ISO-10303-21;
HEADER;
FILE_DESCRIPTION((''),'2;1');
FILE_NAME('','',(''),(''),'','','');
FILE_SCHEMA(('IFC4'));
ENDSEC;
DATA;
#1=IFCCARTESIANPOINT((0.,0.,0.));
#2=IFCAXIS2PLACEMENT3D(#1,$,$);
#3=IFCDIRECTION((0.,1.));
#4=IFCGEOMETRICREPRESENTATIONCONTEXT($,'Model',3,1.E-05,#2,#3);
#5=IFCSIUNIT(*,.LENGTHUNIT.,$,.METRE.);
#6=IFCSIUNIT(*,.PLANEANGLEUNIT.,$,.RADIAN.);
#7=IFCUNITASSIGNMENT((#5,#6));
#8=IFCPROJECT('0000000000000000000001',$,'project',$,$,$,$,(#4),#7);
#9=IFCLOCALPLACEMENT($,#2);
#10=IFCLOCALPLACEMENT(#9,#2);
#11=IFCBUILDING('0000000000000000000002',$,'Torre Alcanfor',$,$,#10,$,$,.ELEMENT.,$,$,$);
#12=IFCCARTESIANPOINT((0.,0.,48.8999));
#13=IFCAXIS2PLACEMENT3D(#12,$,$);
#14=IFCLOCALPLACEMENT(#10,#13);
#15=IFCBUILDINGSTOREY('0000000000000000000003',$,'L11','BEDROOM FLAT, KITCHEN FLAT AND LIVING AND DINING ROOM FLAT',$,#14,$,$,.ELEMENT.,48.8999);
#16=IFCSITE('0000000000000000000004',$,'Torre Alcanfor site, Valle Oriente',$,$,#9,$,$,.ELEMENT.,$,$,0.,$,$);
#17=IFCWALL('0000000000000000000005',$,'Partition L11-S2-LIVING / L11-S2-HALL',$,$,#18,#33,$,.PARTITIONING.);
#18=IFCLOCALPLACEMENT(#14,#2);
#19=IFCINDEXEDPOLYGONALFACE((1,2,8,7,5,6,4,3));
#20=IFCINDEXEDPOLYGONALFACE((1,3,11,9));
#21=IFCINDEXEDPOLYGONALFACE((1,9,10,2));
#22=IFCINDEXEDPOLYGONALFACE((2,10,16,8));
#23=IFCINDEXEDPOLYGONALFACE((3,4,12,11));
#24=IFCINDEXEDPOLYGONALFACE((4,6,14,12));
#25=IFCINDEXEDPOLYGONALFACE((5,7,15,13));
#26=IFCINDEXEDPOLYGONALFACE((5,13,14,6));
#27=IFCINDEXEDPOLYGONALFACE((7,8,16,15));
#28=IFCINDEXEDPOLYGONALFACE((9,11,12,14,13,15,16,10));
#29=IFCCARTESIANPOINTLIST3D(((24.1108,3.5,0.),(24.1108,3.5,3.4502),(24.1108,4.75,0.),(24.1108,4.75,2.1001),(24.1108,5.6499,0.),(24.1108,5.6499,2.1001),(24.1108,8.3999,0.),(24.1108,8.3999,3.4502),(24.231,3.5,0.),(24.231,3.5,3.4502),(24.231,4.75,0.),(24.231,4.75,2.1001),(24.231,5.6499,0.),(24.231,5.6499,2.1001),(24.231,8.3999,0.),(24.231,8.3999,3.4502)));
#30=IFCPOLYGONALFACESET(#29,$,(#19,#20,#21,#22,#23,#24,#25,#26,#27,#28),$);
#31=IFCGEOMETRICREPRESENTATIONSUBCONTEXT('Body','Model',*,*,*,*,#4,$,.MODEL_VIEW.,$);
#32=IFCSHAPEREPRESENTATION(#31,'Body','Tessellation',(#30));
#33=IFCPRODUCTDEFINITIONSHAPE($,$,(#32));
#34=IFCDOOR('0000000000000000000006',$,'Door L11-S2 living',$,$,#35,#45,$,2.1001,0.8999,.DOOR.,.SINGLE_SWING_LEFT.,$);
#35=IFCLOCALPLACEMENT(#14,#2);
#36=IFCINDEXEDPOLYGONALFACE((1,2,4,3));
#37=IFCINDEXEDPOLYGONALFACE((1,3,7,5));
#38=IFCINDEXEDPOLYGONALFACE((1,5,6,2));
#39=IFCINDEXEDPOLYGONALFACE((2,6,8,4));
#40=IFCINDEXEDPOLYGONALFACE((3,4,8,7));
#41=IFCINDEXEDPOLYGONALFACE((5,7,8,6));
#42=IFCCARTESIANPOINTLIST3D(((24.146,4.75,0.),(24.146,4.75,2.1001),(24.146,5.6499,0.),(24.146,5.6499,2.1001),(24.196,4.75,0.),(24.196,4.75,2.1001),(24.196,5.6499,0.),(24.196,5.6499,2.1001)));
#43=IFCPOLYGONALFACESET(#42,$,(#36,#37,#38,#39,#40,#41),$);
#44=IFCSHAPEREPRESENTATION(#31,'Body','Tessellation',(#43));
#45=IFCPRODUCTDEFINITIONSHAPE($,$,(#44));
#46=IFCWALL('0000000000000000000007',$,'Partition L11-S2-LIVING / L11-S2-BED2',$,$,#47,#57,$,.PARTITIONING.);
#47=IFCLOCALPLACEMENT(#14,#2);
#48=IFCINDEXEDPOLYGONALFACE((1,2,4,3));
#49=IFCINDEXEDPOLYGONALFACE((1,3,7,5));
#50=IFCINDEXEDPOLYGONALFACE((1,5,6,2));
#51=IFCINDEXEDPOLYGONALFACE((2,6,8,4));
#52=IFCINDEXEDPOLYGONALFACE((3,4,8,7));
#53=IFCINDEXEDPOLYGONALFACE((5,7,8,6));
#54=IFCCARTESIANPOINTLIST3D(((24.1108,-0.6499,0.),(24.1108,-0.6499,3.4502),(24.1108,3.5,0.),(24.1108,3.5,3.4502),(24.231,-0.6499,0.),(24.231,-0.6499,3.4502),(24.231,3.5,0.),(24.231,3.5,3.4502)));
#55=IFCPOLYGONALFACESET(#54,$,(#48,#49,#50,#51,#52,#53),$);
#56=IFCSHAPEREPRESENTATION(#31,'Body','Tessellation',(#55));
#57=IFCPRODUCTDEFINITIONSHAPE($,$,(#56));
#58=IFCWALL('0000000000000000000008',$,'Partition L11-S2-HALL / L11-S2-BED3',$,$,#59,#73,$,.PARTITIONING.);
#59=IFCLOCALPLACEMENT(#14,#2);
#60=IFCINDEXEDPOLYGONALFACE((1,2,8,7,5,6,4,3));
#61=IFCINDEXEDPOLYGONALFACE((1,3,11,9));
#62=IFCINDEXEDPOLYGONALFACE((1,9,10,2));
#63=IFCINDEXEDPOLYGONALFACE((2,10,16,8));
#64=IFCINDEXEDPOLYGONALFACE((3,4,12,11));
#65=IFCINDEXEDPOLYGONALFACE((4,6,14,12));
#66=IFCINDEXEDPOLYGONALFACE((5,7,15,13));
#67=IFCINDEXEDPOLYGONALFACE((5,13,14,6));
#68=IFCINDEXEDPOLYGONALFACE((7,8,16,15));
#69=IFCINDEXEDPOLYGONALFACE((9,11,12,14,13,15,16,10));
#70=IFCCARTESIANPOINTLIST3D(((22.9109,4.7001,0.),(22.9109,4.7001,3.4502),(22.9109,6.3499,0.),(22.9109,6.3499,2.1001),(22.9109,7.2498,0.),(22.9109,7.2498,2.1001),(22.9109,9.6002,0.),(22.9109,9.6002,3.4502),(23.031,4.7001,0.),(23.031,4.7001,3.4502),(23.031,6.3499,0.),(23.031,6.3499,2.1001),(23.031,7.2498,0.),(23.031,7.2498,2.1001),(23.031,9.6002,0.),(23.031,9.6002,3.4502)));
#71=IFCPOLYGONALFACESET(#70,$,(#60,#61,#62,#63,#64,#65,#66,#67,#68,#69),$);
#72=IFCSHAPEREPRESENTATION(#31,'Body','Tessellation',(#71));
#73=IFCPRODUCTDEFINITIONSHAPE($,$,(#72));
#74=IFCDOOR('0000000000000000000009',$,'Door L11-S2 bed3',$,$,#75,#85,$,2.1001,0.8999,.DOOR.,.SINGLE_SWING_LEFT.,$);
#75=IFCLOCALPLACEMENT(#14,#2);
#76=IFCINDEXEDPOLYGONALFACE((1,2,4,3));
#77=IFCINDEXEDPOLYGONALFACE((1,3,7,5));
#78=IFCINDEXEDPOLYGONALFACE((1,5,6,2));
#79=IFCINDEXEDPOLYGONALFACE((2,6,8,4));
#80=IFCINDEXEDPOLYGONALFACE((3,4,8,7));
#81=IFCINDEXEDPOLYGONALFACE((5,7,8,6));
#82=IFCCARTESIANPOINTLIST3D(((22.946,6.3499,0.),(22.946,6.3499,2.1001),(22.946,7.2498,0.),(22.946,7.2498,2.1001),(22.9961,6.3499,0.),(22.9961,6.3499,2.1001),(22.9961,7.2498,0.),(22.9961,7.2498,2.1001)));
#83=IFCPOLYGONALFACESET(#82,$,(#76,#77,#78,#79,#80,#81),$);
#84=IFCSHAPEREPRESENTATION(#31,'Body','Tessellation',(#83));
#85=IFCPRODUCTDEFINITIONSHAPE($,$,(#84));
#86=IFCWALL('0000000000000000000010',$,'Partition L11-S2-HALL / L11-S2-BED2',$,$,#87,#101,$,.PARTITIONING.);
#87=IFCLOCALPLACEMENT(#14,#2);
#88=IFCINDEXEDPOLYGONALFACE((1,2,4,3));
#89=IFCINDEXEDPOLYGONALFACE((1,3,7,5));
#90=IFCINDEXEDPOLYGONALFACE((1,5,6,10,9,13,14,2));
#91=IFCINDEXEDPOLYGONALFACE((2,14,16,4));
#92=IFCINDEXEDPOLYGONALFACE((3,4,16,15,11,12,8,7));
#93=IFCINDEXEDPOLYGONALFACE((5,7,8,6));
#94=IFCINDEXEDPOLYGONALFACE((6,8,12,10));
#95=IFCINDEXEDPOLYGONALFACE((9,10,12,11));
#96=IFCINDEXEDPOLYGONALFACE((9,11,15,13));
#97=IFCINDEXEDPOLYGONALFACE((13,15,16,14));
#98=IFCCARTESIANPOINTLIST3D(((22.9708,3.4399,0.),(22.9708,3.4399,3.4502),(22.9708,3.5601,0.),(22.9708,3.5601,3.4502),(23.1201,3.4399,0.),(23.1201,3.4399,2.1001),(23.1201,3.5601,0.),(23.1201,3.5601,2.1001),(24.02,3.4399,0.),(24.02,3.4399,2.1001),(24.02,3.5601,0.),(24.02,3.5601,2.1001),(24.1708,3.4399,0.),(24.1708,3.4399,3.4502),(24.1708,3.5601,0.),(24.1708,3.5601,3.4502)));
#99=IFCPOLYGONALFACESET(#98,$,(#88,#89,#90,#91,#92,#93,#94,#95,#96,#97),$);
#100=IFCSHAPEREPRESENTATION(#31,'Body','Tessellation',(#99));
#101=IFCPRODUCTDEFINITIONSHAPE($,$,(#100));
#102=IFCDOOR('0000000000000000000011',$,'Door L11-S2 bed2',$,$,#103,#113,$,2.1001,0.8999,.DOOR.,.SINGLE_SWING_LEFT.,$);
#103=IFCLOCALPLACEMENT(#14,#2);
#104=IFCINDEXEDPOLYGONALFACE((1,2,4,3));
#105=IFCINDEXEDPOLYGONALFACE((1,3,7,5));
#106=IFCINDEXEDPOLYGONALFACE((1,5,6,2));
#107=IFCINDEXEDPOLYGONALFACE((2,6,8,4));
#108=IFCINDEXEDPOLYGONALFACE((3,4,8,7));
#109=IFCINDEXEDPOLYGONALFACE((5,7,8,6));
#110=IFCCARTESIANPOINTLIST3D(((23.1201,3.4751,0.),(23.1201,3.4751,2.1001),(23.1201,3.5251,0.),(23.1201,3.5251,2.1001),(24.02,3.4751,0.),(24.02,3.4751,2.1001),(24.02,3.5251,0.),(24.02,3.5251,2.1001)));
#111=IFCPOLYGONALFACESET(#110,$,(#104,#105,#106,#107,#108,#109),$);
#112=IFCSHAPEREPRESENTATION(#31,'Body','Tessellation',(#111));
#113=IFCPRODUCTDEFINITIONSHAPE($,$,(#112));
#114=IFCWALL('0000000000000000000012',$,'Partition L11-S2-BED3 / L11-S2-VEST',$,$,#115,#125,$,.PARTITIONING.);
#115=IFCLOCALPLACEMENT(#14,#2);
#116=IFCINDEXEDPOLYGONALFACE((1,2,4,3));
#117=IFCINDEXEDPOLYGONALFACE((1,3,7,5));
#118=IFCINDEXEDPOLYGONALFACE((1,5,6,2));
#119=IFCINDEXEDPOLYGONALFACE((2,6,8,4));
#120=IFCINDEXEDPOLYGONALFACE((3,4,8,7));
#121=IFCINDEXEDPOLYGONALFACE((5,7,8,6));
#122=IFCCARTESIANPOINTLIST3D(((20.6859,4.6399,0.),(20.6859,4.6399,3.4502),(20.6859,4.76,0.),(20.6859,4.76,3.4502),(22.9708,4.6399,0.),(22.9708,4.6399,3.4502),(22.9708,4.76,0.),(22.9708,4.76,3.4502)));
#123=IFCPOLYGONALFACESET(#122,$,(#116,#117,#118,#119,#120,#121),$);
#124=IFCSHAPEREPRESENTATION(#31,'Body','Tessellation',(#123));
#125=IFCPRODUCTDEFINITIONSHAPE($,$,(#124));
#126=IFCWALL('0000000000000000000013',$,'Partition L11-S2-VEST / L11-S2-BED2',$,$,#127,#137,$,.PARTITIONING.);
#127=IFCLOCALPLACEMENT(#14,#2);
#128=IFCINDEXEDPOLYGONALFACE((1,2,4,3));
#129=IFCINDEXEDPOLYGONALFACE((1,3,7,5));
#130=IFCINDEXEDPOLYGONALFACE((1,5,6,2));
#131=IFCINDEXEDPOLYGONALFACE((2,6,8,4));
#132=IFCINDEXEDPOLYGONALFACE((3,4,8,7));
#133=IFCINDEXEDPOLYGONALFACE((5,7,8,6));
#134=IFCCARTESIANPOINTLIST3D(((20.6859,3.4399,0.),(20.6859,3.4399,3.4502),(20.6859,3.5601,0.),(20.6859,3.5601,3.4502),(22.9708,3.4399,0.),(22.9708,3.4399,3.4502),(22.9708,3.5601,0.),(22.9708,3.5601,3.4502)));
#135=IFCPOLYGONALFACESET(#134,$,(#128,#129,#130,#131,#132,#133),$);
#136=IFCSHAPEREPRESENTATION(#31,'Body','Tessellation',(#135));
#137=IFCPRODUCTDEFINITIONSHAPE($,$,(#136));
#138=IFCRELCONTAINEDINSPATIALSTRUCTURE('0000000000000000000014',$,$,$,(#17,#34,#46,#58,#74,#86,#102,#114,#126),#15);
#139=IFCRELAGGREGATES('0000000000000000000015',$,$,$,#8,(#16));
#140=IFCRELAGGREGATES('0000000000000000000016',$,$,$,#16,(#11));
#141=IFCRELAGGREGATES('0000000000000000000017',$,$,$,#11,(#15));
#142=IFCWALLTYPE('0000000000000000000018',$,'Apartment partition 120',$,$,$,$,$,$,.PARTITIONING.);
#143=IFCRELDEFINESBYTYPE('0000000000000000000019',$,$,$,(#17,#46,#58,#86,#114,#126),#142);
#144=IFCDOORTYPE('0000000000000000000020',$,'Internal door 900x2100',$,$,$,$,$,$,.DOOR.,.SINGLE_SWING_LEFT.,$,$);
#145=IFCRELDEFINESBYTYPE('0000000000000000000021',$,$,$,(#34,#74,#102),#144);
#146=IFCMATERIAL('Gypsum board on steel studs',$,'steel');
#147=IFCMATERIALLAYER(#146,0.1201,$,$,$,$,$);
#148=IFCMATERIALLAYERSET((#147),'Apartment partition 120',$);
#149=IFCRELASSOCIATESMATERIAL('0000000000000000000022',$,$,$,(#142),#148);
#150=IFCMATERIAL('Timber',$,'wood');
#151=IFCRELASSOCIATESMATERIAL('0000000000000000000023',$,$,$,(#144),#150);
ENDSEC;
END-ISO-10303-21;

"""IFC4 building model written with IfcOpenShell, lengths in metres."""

from ifc_helpers import new_model, si_unit, direction, frame, frame_2d, origin, place, context, subcontext, project, spatial, rectangle, extrude, material, layer, layer_set, type_object, element, fill, save


model = new_model("IFC4")

# Units and contexts
model_context = context("Model", 3, precision=1e-05, world=origin(), true_north=direction((0.0, 1.0)))
body_context = subcontext(model_context, "Body", "Model", "MODEL_VIEW")
ifc_project = project(units=[si_unit("LENGTHUNIT", "METRE"), si_unit("PLANEANGLEUNIT", "RADIAN")], contexts=[model_context])

# Site, building, storey
site_placement = place(None, origin())
site = spatial("IfcSite", under=ifc_project, at=site_placement, Name="Torre Alcanfor site, Valle Oriente", CompositionType="ELEMENT", RefElevation=0.0)
building_placement = place(site_placement, origin())
building = spatial("IfcBuilding", under=site, at=building_placement, Name="Torre Alcanfor", CompositionType="ELEMENT")
storey_placement = place(building_placement, frame((0.0, 0.0, 48.8999)))
storey = spatial("IfcBuildingStorey", under=building, at=storey_placement, Name="L11", Description="BEDROOM FLAT, KITCHEN FLAT AND LIVING AND DINING ROOM FLAT", CompositionType="ELEMENT", Elevation=48.8999)

# Shared definitions
ifc_material_1 = material(Name="Gypsum board on steel studs", Category="steel")
ifc_layer_1 = layer(ifc_material_1, 0.1201)
ifc_layer_set_1 = layer_set([ifc_layer_1], Name="Apartment partition 120")
wall_type = type_object("IfcWallType", Name="Apartment partition 120", PredefinedType="PARTITIONING", material=ifc_layer_set_1)

# Wall, opening, door
wall_1_placement = place(storey_placement, frame((24.1709, 3.5, 0.0), z_axis=(0.0, 0.0, 1.0), x_axis=(0.0, 1.0, 0.0)))
wall_1 = element("IfcWall", 1, at=wall_1_placement, inside=storey, type_object=wall_type, Name="Partition L11-S2-LIVING / L11-S2-HALL", PredefinedType="PARTITIONING", context=body_context, shape_type="SweptSolid", body=[
    extrude(rectangle(XDim=4.8999, YDim=0.1201, at=frame_2d((2.45, 0.0))), origin(), (0.0, 0.0, 1.0), 3.4502),
])
opening_1_placement = place(wall_1_placement, frame((1.25, 0.0, 0.0)))
opening_1 = element("IfcOpeningElement", 2, at=opening_1_placement, cuts=wall_1, PredefinedType="OPENING", context=body_context, shape_type="SweptSolid", body=[
    extrude(rectangle(XDim=0.8999, YDim=2.1001, at=frame_2d((0.45, 1.05))), frame((0.0, 0.0701, 0.0), z_axis=(0.0, -1.0, 0.0), x_axis=(1.0, 0.0, 0.0)), (0.0, 0.0, 1.0), 0.1401),
])
ifc_material_2 = material(Name="Timber", Category="wood")
door_type = type_object("IfcDoorType", Name="Internal door 900x2100", OperationType="SINGLE_SWING_LEFT", PredefinedType="DOOR", material=ifc_material_2)
door_1_placement = place(opening_1_placement, frame((0.8999, 0.0, 0.0), z_axis=(0.0, 0.0, 1.0), x_axis=(-1.0, 0.0, 0.0)))
door_1 = element("IfcDoor", 3, at=door_1_placement, inside=storey, type_object=door_type, Name="Door L11-S2 living", OperationType="SINGLE_SWING_LEFT", OverallHeight=2.1001, OverallWidth=0.8999, PredefinedType="DOOR", context=body_context, shape_type="SweptSolid", body=[
    extrude(rectangle(XDim=0.8999, YDim=2.1001, at=frame_2d((0.45, 1.05))), frame((0.0, 0.0251, 0.0), z_axis=(0.0, -1.0, 0.0), x_axis=(1.0, 0.0, 0.0)), (0.0, 0.0, 1.0), 0.05),
])
fill(opening_1, door_1)

# Wall
wall_2_placement = place(storey_placement, frame((24.1709, -0.6499, 0.0), z_axis=(0.0, 0.0, 1.0), x_axis=(0.0, 1.0, 0.0)))
element("IfcWall", 4, at=wall_2_placement, inside=storey, type_object=wall_type, Name="Partition L11-S2-LIVING / L11-S2-BED2", PredefinedType="PARTITIONING", context=body_context, shape_type="SweptSolid", body=[
    extrude(rectangle(XDim=4.1499, YDim=0.1201, at=frame_2d((2.075, 0.0))), origin(), (0.0, 0.0, 1.0), 3.4502),
])

# Walls, openings, doors
wall_3_placement = place(storey_placement, frame((22.9709, 4.7, 0.0), z_axis=(0.0, 0.0, 1.0), x_axis=(0.0, 1.0, 0.0)))
wall_3 = element("IfcWall", 5, at=wall_3_placement, inside=storey, type_object=wall_type, Name="Partition L11-S2-HALL / L11-S2-BED3", PredefinedType="PARTITIONING", context=body_context, shape_type="SweptSolid", body=[
    extrude(rectangle(XDim=4.9001, YDim=0.1201, at=frame_2d((2.4502, 0.0))), origin(), (0.0, 0.0, 1.0), 3.4502),
])
opening_2_placement = place(wall_3_placement, frame((1.6499, 0.0, 0.0)))
opening_2 = element("IfcOpeningElement", 6, at=opening_2_placement, cuts=wall_3, PredefinedType="OPENING", context=body_context, shape_type="SweptSolid", body=[
    extrude(rectangle(XDim=0.8999, YDim=2.1001, at=frame_2d((0.45, 1.05))), frame((0.0, 0.0701, 0.0), z_axis=(0.0, -1.0, 0.0), x_axis=(1.0, 0.0, 0.0)), (0.0, 0.0, 1.0), 0.1401),
])
door_2_placement = place(opening_2_placement, origin())
door_2 = element("IfcDoor", 7, at=door_2_placement, inside=storey, type_object=door_type, Name="Door L11-S2 bed3", OperationType="SINGLE_SWING_LEFT", OverallHeight=2.1001, OverallWidth=0.8999, PredefinedType="DOOR", context=body_context, shape_type="SweptSolid", body=[
    extrude(rectangle(XDim=0.8999, YDim=2.1001, at=frame_2d((0.45, 1.05))), frame((0.0, 0.0249, 0.0), z_axis=(0.0, -1.0, 0.0), x_axis=(1.0, 0.0, 0.0)), (0.0, 0.0, 1.0), 0.05),
])
fill(opening_2, door_2)
wall_4_placement = place(storey_placement, frame((24.1709, 3.5, 0.0), z_axis=(0.0, 0.0, 1.0), x_axis=(-1.0, 0.0, 0.0)))
wall_4 = element("IfcWall", 8, at=wall_4_placement, inside=storey, type_object=wall_type, Name="Partition L11-S2-HALL / L11-S2-BED2", PredefinedType="PARTITIONING", context=body_context, shape_type="SweptSolid", body=[
    extrude(rectangle(XDim=1.2, YDim=0.1201, at=frame_2d((0.6001, 0.0))), origin(), (0.0, 0.0, 1.0), 3.4502),
])
opening_3_placement = place(wall_4_placement, frame((0.1509, 0.0, 0.0)))
opening_3 = element("IfcOpeningElement", 9, at=opening_3_placement, cuts=wall_4, PredefinedType="OPENING", context=body_context, shape_type="SweptSolid", body=[
    extrude(rectangle(XDim=0.8999, YDim=2.1001, at=frame_2d((0.45, 1.05))), frame((0.0, 0.0701, 0.0), z_axis=(0.0, -1.0, 0.0), x_axis=(1.0, 0.0, 0.0)), (0.0, 0.0, 1.0), 0.1401),
])
door_3_placement = place(opening_3_placement, origin())
door_3 = element("IfcDoor", 10, at=door_3_placement, inside=storey, type_object=door_type, Name="Door L11-S2 bed2", OperationType="SINGLE_SWING_LEFT", OverallHeight=2.1001, OverallWidth=0.8999, PredefinedType="DOOR", context=body_context, shape_type="SweptSolid", body=[
    extrude(rectangle(XDim=0.8999, YDim=2.1001, at=frame_2d((0.45, 1.05))), frame((0.0, 0.0249, 0.0), z_axis=(0.0, -1.0, 0.0), x_axis=(1.0, 0.0, 0.0)), (0.0, 0.0, 1.0), 0.05),
])
fill(opening_3, door_3)

# Walls
for number, where, z_axis, x_axis, name in (
    (11, (22.9709, 4.7, 0.0), (0.0, 0.0, 1.0), (-1.0, 0.0, 0.0), "Partition L11-S2-BED3 / L11-S2-VEST"),
    (12, (22.9709, 3.5, 0.0), (0.0, 0.0, 1.0), (-1.0, 0.0, 0.0), "Partition L11-S2-VEST / L11-S2-BED2"),
):
    element("IfcWall", number, at=place(storey_placement, frame(where, z_axis=z_axis, x_axis=x_axis)), inside=storey, type_object=wall_type, Name=name, PredefinedType="PARTITIONING", context=body_context, shape_type="SweptSolid", body=[
        extrude(rectangle(XDim=2.2849, YDim=0.1201, at=frame_2d((1.1426, 0.0))), origin(), (0.0, 0.0, 1.0), 3.4502),
    ])

save(model, "model.ifc")
